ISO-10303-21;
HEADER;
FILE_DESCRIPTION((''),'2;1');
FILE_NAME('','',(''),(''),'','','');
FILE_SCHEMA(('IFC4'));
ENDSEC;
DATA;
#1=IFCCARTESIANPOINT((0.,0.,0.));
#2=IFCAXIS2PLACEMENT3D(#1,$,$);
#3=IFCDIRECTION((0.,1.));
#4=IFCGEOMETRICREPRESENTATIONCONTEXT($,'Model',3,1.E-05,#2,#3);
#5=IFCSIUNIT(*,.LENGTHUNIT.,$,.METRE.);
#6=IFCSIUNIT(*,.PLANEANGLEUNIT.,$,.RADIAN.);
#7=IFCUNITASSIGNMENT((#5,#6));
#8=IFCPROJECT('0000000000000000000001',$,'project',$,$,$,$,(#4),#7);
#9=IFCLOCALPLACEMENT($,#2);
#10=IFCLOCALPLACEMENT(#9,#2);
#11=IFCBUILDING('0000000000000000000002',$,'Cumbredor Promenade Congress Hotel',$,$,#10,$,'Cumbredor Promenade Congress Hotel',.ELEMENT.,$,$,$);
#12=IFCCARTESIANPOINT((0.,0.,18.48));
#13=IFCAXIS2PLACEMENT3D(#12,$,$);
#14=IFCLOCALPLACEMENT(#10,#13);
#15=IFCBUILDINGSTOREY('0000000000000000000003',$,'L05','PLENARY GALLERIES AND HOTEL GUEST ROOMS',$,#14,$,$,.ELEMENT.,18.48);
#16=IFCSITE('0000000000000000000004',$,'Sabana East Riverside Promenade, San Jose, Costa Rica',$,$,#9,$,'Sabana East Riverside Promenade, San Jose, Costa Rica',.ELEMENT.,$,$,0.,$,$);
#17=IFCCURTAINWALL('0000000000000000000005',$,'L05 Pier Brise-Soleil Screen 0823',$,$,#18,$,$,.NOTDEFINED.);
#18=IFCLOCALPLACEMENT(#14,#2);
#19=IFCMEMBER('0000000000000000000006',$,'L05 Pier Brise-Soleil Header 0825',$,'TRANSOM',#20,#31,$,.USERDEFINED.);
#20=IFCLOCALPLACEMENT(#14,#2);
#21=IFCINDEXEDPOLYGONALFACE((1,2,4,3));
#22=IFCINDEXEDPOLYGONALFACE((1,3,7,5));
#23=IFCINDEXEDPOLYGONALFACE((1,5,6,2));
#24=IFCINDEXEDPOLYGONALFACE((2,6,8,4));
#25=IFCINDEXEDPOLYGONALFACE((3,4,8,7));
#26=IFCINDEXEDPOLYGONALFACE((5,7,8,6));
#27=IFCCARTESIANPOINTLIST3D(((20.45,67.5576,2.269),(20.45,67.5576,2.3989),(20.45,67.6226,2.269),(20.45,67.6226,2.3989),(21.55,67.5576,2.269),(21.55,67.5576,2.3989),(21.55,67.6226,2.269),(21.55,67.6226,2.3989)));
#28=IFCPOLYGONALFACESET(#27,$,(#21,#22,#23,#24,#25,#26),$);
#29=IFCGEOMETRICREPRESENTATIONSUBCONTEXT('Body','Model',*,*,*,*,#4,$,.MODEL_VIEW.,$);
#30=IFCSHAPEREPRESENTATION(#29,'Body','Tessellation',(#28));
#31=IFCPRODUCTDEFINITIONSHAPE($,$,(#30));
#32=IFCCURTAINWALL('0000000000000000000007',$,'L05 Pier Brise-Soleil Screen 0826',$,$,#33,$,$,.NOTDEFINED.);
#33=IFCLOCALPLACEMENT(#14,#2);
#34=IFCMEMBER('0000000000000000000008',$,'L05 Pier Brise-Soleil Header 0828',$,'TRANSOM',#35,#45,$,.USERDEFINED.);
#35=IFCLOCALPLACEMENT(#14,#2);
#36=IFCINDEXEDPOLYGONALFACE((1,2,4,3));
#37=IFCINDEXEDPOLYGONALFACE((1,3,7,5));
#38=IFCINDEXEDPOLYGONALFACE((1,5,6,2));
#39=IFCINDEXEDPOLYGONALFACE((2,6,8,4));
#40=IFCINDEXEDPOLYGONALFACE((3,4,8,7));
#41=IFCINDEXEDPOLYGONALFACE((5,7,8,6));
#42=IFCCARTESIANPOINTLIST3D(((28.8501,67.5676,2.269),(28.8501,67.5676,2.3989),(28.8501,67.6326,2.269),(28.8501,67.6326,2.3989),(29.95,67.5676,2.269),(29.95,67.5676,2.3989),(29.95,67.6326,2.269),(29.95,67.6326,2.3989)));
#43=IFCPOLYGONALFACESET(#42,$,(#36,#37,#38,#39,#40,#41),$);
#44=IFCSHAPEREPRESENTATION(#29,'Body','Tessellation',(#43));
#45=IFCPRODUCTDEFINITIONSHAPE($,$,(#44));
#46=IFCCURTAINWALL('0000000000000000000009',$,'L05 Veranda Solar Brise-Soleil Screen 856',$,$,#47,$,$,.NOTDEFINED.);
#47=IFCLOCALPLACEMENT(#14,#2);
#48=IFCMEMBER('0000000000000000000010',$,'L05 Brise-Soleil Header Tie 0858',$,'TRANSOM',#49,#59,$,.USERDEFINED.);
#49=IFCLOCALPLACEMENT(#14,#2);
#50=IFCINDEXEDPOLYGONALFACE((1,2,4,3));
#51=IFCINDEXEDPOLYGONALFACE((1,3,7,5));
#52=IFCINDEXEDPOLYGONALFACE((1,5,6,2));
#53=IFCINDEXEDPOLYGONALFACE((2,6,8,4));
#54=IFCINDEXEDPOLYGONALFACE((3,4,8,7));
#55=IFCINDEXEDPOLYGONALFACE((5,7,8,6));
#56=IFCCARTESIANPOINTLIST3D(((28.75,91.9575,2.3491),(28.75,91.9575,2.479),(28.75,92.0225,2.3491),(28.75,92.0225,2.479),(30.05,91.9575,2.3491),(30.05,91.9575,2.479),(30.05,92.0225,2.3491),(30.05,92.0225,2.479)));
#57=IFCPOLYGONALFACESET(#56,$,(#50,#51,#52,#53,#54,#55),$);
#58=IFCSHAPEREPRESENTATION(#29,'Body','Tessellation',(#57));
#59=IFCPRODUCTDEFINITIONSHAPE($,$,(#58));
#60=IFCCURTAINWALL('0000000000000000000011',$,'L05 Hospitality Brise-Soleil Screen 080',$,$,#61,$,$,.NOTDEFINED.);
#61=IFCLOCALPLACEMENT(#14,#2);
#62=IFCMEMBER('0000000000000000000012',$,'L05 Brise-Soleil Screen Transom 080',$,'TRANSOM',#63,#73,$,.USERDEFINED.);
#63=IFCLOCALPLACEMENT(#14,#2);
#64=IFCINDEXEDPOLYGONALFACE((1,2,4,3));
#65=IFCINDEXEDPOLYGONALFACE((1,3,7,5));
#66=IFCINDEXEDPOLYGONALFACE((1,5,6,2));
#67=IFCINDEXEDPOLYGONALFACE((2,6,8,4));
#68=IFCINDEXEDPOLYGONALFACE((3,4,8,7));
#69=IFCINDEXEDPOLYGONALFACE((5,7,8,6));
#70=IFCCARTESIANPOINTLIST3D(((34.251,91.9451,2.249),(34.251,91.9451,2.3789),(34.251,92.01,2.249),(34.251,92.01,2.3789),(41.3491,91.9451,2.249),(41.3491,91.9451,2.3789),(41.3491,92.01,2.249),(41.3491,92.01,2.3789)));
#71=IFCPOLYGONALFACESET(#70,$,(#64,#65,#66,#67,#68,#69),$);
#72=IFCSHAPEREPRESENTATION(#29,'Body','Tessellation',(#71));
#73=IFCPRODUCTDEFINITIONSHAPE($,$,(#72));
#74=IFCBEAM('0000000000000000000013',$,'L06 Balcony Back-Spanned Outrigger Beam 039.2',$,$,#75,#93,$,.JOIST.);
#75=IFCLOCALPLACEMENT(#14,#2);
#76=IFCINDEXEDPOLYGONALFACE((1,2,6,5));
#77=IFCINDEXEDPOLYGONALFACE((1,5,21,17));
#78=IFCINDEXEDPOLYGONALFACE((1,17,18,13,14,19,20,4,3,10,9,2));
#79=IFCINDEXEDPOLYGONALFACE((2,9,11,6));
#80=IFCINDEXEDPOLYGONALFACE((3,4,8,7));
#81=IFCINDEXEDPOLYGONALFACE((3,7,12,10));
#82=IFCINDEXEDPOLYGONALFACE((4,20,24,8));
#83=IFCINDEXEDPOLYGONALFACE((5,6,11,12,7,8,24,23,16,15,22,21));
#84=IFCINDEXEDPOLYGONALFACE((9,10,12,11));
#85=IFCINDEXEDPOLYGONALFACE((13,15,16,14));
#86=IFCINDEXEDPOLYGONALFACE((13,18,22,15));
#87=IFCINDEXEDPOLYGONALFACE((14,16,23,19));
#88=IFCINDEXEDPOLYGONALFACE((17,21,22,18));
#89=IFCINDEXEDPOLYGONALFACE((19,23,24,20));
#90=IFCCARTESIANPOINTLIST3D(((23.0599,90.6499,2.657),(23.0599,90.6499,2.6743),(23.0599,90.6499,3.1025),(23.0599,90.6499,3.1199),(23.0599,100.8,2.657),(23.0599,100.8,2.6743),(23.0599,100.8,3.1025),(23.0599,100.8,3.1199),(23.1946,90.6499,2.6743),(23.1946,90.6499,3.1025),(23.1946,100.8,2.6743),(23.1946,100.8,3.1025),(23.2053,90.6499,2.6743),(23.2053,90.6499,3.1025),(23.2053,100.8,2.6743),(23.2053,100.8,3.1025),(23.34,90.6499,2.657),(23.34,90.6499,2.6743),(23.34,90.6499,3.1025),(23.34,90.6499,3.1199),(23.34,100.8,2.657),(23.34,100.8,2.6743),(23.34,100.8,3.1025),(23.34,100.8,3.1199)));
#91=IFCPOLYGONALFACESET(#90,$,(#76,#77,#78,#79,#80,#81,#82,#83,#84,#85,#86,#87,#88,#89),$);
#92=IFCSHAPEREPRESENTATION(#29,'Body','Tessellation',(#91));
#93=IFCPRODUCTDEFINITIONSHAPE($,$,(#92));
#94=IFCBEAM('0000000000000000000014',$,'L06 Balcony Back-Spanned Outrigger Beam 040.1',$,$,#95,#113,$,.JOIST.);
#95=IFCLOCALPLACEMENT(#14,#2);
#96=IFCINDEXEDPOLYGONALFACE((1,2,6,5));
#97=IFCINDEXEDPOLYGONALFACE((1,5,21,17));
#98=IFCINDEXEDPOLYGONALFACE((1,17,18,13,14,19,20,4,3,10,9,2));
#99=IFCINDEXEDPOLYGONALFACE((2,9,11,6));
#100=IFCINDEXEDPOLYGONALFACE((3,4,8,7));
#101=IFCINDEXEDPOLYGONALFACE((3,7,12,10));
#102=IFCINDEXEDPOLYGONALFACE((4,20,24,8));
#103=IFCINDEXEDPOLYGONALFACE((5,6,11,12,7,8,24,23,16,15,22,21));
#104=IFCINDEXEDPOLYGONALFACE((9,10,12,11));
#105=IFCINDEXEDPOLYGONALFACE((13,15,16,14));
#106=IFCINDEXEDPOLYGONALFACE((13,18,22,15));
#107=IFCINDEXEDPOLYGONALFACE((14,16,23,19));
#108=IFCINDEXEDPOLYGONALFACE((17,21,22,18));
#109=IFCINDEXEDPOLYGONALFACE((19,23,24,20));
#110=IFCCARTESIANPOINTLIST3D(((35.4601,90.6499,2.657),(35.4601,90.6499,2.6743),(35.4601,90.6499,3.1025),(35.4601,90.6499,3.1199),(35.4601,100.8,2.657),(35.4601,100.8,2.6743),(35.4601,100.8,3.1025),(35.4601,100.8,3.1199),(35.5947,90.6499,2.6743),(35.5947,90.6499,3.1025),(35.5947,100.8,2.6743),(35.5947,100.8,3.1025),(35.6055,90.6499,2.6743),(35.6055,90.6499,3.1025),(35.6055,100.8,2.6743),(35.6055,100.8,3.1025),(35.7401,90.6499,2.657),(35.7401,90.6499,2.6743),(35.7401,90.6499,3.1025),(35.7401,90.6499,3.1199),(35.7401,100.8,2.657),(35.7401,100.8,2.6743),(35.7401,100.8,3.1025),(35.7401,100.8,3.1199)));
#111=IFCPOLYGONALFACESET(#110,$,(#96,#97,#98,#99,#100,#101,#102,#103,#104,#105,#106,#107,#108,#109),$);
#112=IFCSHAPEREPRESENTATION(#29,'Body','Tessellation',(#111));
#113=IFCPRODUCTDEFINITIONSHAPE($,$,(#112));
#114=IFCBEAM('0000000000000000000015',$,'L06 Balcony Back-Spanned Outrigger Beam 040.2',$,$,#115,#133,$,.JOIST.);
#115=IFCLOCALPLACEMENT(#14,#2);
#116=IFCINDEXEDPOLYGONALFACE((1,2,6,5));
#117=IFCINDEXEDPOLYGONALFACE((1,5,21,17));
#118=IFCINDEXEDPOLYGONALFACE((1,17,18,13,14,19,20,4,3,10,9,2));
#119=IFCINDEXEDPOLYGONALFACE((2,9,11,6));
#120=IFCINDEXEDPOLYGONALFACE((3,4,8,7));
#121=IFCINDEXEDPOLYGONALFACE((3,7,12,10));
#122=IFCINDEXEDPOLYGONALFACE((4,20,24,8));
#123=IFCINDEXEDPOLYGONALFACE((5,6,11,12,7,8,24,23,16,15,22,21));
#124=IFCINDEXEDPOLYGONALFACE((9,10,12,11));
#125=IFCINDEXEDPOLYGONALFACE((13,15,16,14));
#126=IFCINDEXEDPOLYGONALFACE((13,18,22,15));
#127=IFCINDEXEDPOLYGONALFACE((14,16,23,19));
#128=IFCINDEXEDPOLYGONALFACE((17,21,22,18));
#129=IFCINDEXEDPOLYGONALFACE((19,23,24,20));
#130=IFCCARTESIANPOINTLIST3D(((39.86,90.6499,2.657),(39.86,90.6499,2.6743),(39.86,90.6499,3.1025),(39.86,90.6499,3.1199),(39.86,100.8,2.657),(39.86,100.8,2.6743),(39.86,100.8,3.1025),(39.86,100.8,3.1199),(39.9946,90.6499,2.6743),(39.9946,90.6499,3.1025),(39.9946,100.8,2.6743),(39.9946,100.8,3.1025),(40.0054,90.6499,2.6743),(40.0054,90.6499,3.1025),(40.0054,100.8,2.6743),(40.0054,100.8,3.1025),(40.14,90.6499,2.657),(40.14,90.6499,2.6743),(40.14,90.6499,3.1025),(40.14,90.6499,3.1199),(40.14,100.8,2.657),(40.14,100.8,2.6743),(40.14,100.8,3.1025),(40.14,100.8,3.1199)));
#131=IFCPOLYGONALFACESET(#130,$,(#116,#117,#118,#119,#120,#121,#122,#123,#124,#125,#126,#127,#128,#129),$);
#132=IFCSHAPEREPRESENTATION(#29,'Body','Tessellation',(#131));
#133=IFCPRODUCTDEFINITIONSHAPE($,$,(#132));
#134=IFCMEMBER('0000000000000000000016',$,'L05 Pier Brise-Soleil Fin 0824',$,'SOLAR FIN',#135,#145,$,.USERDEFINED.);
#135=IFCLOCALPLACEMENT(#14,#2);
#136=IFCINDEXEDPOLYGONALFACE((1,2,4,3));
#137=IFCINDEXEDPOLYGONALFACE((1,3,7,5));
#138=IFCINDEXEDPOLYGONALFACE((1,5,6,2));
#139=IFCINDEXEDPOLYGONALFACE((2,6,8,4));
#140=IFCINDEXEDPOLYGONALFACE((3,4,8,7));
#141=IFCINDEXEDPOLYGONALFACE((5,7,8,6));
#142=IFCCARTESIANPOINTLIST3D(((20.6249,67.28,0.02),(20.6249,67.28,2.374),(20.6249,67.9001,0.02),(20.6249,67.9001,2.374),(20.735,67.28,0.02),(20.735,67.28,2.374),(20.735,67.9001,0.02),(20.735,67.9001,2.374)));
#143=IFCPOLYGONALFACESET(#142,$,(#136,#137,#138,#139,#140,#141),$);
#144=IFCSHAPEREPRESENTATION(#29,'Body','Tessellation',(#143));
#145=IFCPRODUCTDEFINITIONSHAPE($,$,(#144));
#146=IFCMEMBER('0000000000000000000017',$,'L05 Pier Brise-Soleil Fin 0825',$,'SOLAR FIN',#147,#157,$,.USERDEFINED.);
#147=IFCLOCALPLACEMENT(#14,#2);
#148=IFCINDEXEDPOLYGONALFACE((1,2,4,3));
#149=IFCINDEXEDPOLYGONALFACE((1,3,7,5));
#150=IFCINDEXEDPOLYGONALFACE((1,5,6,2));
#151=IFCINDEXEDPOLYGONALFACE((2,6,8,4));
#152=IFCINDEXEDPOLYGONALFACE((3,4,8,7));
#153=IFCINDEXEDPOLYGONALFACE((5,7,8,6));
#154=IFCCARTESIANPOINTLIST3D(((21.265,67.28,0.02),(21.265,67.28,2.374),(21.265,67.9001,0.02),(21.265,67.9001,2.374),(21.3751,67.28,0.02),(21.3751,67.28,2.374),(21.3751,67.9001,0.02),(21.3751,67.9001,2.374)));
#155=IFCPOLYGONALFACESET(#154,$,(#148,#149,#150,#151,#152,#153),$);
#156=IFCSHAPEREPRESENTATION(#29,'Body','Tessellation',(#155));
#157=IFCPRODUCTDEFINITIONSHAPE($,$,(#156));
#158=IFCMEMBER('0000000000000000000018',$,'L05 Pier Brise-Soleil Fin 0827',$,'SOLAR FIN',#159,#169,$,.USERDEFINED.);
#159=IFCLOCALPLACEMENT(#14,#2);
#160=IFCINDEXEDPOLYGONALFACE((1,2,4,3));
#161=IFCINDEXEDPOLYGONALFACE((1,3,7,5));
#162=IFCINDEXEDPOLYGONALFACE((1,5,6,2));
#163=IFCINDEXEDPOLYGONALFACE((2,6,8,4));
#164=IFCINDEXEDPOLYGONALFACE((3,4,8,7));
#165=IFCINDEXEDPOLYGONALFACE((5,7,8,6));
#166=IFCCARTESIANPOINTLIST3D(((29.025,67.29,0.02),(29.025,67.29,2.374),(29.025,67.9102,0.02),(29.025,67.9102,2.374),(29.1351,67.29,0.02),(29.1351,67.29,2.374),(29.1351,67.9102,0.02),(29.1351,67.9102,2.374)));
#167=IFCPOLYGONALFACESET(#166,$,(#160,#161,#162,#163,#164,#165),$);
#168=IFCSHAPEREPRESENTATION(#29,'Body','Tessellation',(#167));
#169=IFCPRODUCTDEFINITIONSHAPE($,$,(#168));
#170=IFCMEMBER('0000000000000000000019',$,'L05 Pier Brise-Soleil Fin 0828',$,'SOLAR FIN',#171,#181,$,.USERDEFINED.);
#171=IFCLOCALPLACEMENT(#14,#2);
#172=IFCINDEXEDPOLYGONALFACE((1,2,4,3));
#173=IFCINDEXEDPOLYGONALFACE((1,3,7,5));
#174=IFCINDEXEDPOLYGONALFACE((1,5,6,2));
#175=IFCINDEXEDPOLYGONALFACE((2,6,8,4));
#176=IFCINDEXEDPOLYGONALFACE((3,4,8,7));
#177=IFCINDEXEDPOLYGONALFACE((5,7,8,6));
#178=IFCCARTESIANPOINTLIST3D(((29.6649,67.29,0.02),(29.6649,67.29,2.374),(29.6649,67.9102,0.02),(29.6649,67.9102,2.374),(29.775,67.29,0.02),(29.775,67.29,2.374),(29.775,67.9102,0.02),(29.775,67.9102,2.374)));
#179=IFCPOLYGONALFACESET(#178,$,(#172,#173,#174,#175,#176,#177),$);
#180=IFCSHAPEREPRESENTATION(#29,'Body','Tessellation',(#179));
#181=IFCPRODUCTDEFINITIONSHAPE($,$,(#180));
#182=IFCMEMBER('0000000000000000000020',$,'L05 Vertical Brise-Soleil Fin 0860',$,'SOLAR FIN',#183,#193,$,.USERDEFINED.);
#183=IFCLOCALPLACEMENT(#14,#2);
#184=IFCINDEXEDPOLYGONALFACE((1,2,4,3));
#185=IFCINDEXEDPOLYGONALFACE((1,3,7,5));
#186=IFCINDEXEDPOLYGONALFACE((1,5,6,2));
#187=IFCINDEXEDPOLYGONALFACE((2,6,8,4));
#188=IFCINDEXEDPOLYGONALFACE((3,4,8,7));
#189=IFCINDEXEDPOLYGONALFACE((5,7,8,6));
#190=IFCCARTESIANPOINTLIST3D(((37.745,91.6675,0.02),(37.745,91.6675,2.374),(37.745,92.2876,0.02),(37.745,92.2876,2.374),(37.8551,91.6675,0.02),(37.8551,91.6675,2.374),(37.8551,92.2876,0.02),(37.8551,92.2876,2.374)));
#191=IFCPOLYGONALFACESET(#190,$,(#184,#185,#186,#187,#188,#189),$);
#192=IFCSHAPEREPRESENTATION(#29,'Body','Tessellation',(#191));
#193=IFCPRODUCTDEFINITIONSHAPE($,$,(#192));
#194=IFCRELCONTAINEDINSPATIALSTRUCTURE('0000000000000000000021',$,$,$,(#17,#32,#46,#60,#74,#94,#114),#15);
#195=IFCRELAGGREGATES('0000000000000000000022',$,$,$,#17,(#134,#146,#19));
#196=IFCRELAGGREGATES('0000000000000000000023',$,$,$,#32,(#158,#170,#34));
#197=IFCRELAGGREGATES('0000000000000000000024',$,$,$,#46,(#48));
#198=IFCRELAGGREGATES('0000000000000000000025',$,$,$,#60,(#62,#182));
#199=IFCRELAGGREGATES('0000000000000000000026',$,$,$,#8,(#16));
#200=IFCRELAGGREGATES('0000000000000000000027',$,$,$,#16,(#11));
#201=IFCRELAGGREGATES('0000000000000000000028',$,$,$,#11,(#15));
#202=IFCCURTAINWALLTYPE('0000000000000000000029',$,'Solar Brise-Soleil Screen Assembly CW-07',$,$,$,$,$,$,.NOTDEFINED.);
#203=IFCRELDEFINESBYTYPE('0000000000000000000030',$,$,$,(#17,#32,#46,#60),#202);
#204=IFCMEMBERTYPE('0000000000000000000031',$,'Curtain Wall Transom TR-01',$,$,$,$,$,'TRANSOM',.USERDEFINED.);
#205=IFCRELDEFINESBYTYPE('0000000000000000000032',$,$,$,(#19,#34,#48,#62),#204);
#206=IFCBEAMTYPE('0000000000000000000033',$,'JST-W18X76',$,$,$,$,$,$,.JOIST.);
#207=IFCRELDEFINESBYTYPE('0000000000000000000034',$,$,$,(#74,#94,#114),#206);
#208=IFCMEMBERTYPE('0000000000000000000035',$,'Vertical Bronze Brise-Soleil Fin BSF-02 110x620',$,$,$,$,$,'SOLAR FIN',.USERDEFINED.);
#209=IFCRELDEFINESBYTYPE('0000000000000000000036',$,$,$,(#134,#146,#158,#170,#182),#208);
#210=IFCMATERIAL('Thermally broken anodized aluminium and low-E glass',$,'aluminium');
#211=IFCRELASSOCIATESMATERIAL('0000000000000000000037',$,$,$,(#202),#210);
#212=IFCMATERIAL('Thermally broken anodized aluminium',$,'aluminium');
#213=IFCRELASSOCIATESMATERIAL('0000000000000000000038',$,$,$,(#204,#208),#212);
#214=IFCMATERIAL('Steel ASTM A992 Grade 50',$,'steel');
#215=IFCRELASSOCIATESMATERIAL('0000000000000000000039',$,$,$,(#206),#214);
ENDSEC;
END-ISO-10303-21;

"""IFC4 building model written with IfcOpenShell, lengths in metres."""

from ifc_helpers import new_model, si_unit, direction, frame, origin, origin_2d, place, context, subcontext, project, spatial, rectangle, i_section, extrude, material, material_profile, profile_set, type_object, element, aggregate, save


model = new_model("IFC4")

# Units and contexts
model_context = context("Model", 3, precision=1e-05, world=origin(), true_north=direction((0.0, 1.0)))
body_context = subcontext(model_context, "Body", "Model", "MODEL_VIEW")
ifc_project = project(units=[si_unit("LENGTHUNIT", "METRE"), si_unit("PLANEANGLEUNIT", "RADIAN")], contexts=[model_context])

# Site, building, storey
site_placement = place(None, origin())
site = spatial("IfcSite", under=ifc_project, at=site_placement, Name="Sabana East Riverside Promenade, San Jose, Costa Rica", LongName="Sabana East Riverside Promenade, San Jose, Costa Rica", CompositionType="ELEMENT", RefElevation=0.0)
building_placement = place(site_placement, origin())
building = spatial("IfcBuilding", under=site, at=building_placement, Name="Cumbredor Promenade Congress Hotel", LongName="Cumbredor Promenade Congress Hotel", CompositionType="ELEMENT")
storey_placement = place(building_placement, frame((0.0, 0.0, 18.48)))
storey = spatial("IfcBuildingStorey", under=building, at=storey_placement, Name="L05", Description="PLENARY GALLERIES AND HOTEL GUEST ROOMS", CompositionType="ELEMENT", Elevation=18.48)

# Curtain walls, members
ifc_material_1 = material(Name="Thermally broken anodized aluminium and low-E glass", Category="aluminium")
curtain_wall_type = type_object("IfcCurtainWallType", Name="Solar Brise-Soleil Screen Assembly CW-07", PredefinedType="NOTDEFINED", material=ifc_material_1)
curtain_wall_1_placement = place(storey_placement, origin())
curtain_wall_1 = element("IfcCurtainWall", 1, at=curtain_wall_1_placement, inside=storey, type_object=curtain_wall_type, Name="L05 Pier Brise-Soleil Screen 0823", PredefinedType="NOTDEFINED")
ifc_material_2 = material(Name="Thermally broken anodized aluminium", Category="aluminium")
ifc_material_profile_1 = material_profile(ifc_material_2, rectangle(XDim=0.0649, YDim=0.1299, at=origin_2d()), Name="ALU TRANSOM 65x130")
ifc_profile_set_1 = profile_set([ifc_material_profile_1], Name="Thermally broken anodized aluminium")
member_type_1 = type_object("IfcMemberType", Name="Curtain Wall Transom TR-01", ElementType="TRANSOM", PredefinedType="USERDEFINED", material=ifc_profile_set_1)
member_1_placement = place(storey_placement, frame((20.45, 67.5901, 2.334), z_axis=(1.0, 0.0, 0.0), x_axis=(0.0, 1.0, 0.0)))
member_1 = element("IfcMember", 2, at=member_1_placement, type_object=member_type_1, Name="L05 Pier Brise-Soleil Header 0825", ObjectType="TRANSOM", PredefinedType="USERDEFINED", context=body_context, shape_type="SweptSolid", body=[
    extrude(rectangle(XDim=0.0649, YDim=0.1299, at=origin_2d()), origin(), (0.0, 0.0, 1.0), 1.1001),
])
curtain_wall_2_placement = place(storey_placement, origin())
curtain_wall_2 = element("IfcCurtainWall", 3, at=curtain_wall_2_placement, inside=storey, type_object=curtain_wall_type, Name="L05 Pier Brise-Soleil Screen 0826", PredefinedType="NOTDEFINED")
member_2_placement = place(storey_placement, frame((28.8501, 67.6001, 2.334), z_axis=(1.0, 0.0, 0.0), x_axis=(0.0, 1.0, 0.0)))
member_2 = element("IfcMember", 4, at=member_2_placement, type_object=member_type_1, Name="L05 Pier Brise-Soleil Header 0828", ObjectType="TRANSOM", PredefinedType="USERDEFINED", context=body_context, shape_type="SweptSolid", body=[
    extrude(rectangle(XDim=0.0649, YDim=0.1299, at=origin_2d()), origin(), (0.0, 0.0, 1.0), 1.0999),
])
curtain_wall_3_placement = place(storey_placement, origin())
curtain_wall_3 = element("IfcCurtainWall", 5, at=curtain_wall_3_placement, inside=storey, type_object=curtain_wall_type, Name="L05 Veranda Solar Brise-Soleil Screen 856", PredefinedType="NOTDEFINED")
member_3_placement = place(storey_placement, frame((28.75, 91.99, 2.4141), z_axis=(1.0, 0.0, 0.0), x_axis=(0.0, 1.0, 0.0)))
member_3 = element("IfcMember", 6, at=member_3_placement, type_object=member_type_1, Name="L05 Brise-Soleil Header Tie 0858", ObjectType="TRANSOM", PredefinedType="USERDEFINED", context=body_context, shape_type="SweptSolid", body=[
    extrude(rectangle(XDim=0.0649, YDim=0.1299, at=origin_2d()), origin(), (0.0, 0.0, 1.0), 1.3),
])
curtain_wall_4_placement = place(storey_placement, origin())
curtain_wall_4 = element("IfcCurtainWall", 7, at=curtain_wall_4_placement, inside=storey, type_object=curtain_wall_type, Name="L05 Hospitality Brise-Soleil Screen 080", PredefinedType="NOTDEFINED")
member_4_placement = place(storey_placement, frame((34.251, 91.9775, 2.314), z_axis=(1.0, 0.0, 0.0), x_axis=(0.0, 1.0, 0.0)))
member_4 = element("IfcMember", 8, at=member_4_placement, type_object=member_type_1, Name="L05 Brise-Soleil Screen Transom 080", ObjectType="TRANSOM", PredefinedType="USERDEFINED", context=body_context, shape_type="SweptSolid", body=[
    extrude(rectangle(XDim=0.0649, YDim=0.1299, at=origin_2d()), origin(), (0.0, 0.0, 1.0), 7.0981),
])

# Beams
ifc_material_3 = material(Name="Steel ASTM A992 Grade 50", Category="steel")
ifc_material_profile_2 = material_profile(ifc_material_3, i_section(OverallWidth=0.28, OverallDepth=0.4629, WebThickness=0.0107, FlangeThickness=0.0173, at=origin_2d()), Name="W18X76")
ifc_profile_set_2 = profile_set([ifc_material_profile_2], Name="Steel ASTM A992 Grade 50")
beam_type = type_object("IfcBeamType", Name="JST-W18X76", PredefinedType="JOIST", material=ifc_profile_set_2)
for number, where, z_axis, x_axis, name in (
    (9, (23.2, 90.6499, 2.8884), (0.0, 1.0, 0.0), (-1.0, 0.0, 0.0), "L06 Balcony Back-Spanned Outrigger Beam 039.2"),
    (10, (35.6001, 90.6499, 2.8884), (0.0, 1.0, 0.0), (-1.0, 0.0, 0.0), "L06 Balcony Back-Spanned Outrigger Beam 040.1"),
    (11, (40.0, 90.6499, 2.8884), (0.0, 1.0, 0.0), (-1.0, 0.0, 0.0), "L06 Balcony Back-Spanned Outrigger Beam 040.2"),
):
    element("IfcBeam", number, at=place(storey_placement, frame(where, z_axis=z_axis, x_axis=x_axis)), inside=storey, type_object=beam_type, Name=name, PredefinedType="JOIST", context=body_context, shape_type="SweptSolid", body=[
        extrude(i_section(OverallWidth=0.28, OverallDepth=0.4629, WebThickness=0.0107, FlangeThickness=0.0173, at=origin_2d()), origin(), (0.0, 0.0, 1.0), 10.1501),
    ])

# Members
ifc_material_profile_3 = material_profile(ifc_material_2, rectangle(XDim=0.1101, YDim=0.6201, at=origin_2d()), Name="ARCH FIN 110x620")
ifc_profile_set_3 = profile_set([ifc_material_profile_3], Name="Thermally broken anodized aluminium")
member_type_2 = type_object("IfcMemberType", Name="Vertical Bronze Brise-Soleil Fin BSF-02 110x620", ElementType="SOLAR FIN", PredefinedType="USERDEFINED", material=ifc_profile_set_3)
member_5_placement = place(storey_placement, frame((20.6799, 67.5901, 0.02), z_axis=(0.0, 0.0, 1.0), x_axis=(1.0, 0.0, 0.0)))
member_5 = element("IfcMember", 12, at=member_5_placement, type_object=member_type_2, Name="L05 Pier Brise-Soleil Fin 0824", ObjectType="SOLAR FIN", PredefinedType="USERDEFINED", context=body_context, shape_type="SweptSolid", body=[
    extrude(rectangle(XDim=0.1101, YDim=0.6201, at=origin_2d()), origin(), (0.0, 0.0, 1.0), 2.354),
])
member_6_placement = place(storey_placement, frame((21.3201, 67.5901, 0.02), z_axis=(0.0, 0.0, 1.0), x_axis=(1.0, 0.0, 0.0)))
member_6 = element("IfcMember", 13, at=member_6_placement, type_object=member_type_2, Name="L05 Pier Brise-Soleil Fin 0825", ObjectType="SOLAR FIN", PredefinedType="USERDEFINED", context=body_context, shape_type="SweptSolid", body=[
    extrude(rectangle(XDim=0.1101, YDim=0.6201, at=origin_2d()), origin(), (0.0, 0.0, 1.0), 2.354),
])
aggregate(curtain_wall_1, [member_5, member_6, member_1])
member_7_placement = place(storey_placement, frame((29.0801, 67.6001, 0.02), z_axis=(0.0, 0.0, 1.0), x_axis=(1.0, 0.0, 0.0)))
member_7 = element("IfcMember", 14, at=member_7_placement, type_object=member_type_2, Name="L05 Pier Brise-Soleil Fin 0827", ObjectType="SOLAR FIN", PredefinedType="USERDEFINED", context=body_context, shape_type="SweptSolid", body=[
    extrude(rectangle(XDim=0.1101, YDim=0.6201, at=origin_2d()), origin(), (0.0, 0.0, 1.0), 2.354),
])
member_8_placement = place(storey_placement, frame((29.72, 67.6001, 0.02), z_axis=(0.0, 0.0, 1.0), x_axis=(1.0, 0.0, 0.0)))
member_8 = element("IfcMember", 15, at=member_8_placement, type_object=member_type_2, Name="L05 Pier Brise-Soleil Fin 0828", ObjectType="SOLAR FIN", PredefinedType="USERDEFINED", context=body_context, shape_type="SweptSolid", body=[
    extrude(rectangle(XDim=0.1101, YDim=0.6201, at=origin_2d()), origin(), (0.0, 0.0, 1.0), 2.354),
])
aggregate(curtain_wall_2, [member_7, member_8, member_2])
member_9_placement = place(storey_placement, frame((37.8, 91.9775, 0.02), z_axis=(0.0, 0.0, 1.0), x_axis=(1.0, 0.0, 0.0)))
member_9 = element("IfcMember", 16, at=member_9_placement, type_object=member_type_2, Name="L05 Vertical Brise-Soleil Fin 0860", ObjectType="SOLAR FIN", PredefinedType="USERDEFINED", context=body_context, shape_type="SweptSolid", body=[
    extrude(rectangle(XDim=0.1101, YDim=0.6201, at=origin_2d()), origin(), (0.0, 0.0, 1.0), 2.354),
])
aggregate(curtain_wall_3, [member_3])

aggregate(curtain_wall_4, [member_4, member_9])

save(model, "model.ifc")
